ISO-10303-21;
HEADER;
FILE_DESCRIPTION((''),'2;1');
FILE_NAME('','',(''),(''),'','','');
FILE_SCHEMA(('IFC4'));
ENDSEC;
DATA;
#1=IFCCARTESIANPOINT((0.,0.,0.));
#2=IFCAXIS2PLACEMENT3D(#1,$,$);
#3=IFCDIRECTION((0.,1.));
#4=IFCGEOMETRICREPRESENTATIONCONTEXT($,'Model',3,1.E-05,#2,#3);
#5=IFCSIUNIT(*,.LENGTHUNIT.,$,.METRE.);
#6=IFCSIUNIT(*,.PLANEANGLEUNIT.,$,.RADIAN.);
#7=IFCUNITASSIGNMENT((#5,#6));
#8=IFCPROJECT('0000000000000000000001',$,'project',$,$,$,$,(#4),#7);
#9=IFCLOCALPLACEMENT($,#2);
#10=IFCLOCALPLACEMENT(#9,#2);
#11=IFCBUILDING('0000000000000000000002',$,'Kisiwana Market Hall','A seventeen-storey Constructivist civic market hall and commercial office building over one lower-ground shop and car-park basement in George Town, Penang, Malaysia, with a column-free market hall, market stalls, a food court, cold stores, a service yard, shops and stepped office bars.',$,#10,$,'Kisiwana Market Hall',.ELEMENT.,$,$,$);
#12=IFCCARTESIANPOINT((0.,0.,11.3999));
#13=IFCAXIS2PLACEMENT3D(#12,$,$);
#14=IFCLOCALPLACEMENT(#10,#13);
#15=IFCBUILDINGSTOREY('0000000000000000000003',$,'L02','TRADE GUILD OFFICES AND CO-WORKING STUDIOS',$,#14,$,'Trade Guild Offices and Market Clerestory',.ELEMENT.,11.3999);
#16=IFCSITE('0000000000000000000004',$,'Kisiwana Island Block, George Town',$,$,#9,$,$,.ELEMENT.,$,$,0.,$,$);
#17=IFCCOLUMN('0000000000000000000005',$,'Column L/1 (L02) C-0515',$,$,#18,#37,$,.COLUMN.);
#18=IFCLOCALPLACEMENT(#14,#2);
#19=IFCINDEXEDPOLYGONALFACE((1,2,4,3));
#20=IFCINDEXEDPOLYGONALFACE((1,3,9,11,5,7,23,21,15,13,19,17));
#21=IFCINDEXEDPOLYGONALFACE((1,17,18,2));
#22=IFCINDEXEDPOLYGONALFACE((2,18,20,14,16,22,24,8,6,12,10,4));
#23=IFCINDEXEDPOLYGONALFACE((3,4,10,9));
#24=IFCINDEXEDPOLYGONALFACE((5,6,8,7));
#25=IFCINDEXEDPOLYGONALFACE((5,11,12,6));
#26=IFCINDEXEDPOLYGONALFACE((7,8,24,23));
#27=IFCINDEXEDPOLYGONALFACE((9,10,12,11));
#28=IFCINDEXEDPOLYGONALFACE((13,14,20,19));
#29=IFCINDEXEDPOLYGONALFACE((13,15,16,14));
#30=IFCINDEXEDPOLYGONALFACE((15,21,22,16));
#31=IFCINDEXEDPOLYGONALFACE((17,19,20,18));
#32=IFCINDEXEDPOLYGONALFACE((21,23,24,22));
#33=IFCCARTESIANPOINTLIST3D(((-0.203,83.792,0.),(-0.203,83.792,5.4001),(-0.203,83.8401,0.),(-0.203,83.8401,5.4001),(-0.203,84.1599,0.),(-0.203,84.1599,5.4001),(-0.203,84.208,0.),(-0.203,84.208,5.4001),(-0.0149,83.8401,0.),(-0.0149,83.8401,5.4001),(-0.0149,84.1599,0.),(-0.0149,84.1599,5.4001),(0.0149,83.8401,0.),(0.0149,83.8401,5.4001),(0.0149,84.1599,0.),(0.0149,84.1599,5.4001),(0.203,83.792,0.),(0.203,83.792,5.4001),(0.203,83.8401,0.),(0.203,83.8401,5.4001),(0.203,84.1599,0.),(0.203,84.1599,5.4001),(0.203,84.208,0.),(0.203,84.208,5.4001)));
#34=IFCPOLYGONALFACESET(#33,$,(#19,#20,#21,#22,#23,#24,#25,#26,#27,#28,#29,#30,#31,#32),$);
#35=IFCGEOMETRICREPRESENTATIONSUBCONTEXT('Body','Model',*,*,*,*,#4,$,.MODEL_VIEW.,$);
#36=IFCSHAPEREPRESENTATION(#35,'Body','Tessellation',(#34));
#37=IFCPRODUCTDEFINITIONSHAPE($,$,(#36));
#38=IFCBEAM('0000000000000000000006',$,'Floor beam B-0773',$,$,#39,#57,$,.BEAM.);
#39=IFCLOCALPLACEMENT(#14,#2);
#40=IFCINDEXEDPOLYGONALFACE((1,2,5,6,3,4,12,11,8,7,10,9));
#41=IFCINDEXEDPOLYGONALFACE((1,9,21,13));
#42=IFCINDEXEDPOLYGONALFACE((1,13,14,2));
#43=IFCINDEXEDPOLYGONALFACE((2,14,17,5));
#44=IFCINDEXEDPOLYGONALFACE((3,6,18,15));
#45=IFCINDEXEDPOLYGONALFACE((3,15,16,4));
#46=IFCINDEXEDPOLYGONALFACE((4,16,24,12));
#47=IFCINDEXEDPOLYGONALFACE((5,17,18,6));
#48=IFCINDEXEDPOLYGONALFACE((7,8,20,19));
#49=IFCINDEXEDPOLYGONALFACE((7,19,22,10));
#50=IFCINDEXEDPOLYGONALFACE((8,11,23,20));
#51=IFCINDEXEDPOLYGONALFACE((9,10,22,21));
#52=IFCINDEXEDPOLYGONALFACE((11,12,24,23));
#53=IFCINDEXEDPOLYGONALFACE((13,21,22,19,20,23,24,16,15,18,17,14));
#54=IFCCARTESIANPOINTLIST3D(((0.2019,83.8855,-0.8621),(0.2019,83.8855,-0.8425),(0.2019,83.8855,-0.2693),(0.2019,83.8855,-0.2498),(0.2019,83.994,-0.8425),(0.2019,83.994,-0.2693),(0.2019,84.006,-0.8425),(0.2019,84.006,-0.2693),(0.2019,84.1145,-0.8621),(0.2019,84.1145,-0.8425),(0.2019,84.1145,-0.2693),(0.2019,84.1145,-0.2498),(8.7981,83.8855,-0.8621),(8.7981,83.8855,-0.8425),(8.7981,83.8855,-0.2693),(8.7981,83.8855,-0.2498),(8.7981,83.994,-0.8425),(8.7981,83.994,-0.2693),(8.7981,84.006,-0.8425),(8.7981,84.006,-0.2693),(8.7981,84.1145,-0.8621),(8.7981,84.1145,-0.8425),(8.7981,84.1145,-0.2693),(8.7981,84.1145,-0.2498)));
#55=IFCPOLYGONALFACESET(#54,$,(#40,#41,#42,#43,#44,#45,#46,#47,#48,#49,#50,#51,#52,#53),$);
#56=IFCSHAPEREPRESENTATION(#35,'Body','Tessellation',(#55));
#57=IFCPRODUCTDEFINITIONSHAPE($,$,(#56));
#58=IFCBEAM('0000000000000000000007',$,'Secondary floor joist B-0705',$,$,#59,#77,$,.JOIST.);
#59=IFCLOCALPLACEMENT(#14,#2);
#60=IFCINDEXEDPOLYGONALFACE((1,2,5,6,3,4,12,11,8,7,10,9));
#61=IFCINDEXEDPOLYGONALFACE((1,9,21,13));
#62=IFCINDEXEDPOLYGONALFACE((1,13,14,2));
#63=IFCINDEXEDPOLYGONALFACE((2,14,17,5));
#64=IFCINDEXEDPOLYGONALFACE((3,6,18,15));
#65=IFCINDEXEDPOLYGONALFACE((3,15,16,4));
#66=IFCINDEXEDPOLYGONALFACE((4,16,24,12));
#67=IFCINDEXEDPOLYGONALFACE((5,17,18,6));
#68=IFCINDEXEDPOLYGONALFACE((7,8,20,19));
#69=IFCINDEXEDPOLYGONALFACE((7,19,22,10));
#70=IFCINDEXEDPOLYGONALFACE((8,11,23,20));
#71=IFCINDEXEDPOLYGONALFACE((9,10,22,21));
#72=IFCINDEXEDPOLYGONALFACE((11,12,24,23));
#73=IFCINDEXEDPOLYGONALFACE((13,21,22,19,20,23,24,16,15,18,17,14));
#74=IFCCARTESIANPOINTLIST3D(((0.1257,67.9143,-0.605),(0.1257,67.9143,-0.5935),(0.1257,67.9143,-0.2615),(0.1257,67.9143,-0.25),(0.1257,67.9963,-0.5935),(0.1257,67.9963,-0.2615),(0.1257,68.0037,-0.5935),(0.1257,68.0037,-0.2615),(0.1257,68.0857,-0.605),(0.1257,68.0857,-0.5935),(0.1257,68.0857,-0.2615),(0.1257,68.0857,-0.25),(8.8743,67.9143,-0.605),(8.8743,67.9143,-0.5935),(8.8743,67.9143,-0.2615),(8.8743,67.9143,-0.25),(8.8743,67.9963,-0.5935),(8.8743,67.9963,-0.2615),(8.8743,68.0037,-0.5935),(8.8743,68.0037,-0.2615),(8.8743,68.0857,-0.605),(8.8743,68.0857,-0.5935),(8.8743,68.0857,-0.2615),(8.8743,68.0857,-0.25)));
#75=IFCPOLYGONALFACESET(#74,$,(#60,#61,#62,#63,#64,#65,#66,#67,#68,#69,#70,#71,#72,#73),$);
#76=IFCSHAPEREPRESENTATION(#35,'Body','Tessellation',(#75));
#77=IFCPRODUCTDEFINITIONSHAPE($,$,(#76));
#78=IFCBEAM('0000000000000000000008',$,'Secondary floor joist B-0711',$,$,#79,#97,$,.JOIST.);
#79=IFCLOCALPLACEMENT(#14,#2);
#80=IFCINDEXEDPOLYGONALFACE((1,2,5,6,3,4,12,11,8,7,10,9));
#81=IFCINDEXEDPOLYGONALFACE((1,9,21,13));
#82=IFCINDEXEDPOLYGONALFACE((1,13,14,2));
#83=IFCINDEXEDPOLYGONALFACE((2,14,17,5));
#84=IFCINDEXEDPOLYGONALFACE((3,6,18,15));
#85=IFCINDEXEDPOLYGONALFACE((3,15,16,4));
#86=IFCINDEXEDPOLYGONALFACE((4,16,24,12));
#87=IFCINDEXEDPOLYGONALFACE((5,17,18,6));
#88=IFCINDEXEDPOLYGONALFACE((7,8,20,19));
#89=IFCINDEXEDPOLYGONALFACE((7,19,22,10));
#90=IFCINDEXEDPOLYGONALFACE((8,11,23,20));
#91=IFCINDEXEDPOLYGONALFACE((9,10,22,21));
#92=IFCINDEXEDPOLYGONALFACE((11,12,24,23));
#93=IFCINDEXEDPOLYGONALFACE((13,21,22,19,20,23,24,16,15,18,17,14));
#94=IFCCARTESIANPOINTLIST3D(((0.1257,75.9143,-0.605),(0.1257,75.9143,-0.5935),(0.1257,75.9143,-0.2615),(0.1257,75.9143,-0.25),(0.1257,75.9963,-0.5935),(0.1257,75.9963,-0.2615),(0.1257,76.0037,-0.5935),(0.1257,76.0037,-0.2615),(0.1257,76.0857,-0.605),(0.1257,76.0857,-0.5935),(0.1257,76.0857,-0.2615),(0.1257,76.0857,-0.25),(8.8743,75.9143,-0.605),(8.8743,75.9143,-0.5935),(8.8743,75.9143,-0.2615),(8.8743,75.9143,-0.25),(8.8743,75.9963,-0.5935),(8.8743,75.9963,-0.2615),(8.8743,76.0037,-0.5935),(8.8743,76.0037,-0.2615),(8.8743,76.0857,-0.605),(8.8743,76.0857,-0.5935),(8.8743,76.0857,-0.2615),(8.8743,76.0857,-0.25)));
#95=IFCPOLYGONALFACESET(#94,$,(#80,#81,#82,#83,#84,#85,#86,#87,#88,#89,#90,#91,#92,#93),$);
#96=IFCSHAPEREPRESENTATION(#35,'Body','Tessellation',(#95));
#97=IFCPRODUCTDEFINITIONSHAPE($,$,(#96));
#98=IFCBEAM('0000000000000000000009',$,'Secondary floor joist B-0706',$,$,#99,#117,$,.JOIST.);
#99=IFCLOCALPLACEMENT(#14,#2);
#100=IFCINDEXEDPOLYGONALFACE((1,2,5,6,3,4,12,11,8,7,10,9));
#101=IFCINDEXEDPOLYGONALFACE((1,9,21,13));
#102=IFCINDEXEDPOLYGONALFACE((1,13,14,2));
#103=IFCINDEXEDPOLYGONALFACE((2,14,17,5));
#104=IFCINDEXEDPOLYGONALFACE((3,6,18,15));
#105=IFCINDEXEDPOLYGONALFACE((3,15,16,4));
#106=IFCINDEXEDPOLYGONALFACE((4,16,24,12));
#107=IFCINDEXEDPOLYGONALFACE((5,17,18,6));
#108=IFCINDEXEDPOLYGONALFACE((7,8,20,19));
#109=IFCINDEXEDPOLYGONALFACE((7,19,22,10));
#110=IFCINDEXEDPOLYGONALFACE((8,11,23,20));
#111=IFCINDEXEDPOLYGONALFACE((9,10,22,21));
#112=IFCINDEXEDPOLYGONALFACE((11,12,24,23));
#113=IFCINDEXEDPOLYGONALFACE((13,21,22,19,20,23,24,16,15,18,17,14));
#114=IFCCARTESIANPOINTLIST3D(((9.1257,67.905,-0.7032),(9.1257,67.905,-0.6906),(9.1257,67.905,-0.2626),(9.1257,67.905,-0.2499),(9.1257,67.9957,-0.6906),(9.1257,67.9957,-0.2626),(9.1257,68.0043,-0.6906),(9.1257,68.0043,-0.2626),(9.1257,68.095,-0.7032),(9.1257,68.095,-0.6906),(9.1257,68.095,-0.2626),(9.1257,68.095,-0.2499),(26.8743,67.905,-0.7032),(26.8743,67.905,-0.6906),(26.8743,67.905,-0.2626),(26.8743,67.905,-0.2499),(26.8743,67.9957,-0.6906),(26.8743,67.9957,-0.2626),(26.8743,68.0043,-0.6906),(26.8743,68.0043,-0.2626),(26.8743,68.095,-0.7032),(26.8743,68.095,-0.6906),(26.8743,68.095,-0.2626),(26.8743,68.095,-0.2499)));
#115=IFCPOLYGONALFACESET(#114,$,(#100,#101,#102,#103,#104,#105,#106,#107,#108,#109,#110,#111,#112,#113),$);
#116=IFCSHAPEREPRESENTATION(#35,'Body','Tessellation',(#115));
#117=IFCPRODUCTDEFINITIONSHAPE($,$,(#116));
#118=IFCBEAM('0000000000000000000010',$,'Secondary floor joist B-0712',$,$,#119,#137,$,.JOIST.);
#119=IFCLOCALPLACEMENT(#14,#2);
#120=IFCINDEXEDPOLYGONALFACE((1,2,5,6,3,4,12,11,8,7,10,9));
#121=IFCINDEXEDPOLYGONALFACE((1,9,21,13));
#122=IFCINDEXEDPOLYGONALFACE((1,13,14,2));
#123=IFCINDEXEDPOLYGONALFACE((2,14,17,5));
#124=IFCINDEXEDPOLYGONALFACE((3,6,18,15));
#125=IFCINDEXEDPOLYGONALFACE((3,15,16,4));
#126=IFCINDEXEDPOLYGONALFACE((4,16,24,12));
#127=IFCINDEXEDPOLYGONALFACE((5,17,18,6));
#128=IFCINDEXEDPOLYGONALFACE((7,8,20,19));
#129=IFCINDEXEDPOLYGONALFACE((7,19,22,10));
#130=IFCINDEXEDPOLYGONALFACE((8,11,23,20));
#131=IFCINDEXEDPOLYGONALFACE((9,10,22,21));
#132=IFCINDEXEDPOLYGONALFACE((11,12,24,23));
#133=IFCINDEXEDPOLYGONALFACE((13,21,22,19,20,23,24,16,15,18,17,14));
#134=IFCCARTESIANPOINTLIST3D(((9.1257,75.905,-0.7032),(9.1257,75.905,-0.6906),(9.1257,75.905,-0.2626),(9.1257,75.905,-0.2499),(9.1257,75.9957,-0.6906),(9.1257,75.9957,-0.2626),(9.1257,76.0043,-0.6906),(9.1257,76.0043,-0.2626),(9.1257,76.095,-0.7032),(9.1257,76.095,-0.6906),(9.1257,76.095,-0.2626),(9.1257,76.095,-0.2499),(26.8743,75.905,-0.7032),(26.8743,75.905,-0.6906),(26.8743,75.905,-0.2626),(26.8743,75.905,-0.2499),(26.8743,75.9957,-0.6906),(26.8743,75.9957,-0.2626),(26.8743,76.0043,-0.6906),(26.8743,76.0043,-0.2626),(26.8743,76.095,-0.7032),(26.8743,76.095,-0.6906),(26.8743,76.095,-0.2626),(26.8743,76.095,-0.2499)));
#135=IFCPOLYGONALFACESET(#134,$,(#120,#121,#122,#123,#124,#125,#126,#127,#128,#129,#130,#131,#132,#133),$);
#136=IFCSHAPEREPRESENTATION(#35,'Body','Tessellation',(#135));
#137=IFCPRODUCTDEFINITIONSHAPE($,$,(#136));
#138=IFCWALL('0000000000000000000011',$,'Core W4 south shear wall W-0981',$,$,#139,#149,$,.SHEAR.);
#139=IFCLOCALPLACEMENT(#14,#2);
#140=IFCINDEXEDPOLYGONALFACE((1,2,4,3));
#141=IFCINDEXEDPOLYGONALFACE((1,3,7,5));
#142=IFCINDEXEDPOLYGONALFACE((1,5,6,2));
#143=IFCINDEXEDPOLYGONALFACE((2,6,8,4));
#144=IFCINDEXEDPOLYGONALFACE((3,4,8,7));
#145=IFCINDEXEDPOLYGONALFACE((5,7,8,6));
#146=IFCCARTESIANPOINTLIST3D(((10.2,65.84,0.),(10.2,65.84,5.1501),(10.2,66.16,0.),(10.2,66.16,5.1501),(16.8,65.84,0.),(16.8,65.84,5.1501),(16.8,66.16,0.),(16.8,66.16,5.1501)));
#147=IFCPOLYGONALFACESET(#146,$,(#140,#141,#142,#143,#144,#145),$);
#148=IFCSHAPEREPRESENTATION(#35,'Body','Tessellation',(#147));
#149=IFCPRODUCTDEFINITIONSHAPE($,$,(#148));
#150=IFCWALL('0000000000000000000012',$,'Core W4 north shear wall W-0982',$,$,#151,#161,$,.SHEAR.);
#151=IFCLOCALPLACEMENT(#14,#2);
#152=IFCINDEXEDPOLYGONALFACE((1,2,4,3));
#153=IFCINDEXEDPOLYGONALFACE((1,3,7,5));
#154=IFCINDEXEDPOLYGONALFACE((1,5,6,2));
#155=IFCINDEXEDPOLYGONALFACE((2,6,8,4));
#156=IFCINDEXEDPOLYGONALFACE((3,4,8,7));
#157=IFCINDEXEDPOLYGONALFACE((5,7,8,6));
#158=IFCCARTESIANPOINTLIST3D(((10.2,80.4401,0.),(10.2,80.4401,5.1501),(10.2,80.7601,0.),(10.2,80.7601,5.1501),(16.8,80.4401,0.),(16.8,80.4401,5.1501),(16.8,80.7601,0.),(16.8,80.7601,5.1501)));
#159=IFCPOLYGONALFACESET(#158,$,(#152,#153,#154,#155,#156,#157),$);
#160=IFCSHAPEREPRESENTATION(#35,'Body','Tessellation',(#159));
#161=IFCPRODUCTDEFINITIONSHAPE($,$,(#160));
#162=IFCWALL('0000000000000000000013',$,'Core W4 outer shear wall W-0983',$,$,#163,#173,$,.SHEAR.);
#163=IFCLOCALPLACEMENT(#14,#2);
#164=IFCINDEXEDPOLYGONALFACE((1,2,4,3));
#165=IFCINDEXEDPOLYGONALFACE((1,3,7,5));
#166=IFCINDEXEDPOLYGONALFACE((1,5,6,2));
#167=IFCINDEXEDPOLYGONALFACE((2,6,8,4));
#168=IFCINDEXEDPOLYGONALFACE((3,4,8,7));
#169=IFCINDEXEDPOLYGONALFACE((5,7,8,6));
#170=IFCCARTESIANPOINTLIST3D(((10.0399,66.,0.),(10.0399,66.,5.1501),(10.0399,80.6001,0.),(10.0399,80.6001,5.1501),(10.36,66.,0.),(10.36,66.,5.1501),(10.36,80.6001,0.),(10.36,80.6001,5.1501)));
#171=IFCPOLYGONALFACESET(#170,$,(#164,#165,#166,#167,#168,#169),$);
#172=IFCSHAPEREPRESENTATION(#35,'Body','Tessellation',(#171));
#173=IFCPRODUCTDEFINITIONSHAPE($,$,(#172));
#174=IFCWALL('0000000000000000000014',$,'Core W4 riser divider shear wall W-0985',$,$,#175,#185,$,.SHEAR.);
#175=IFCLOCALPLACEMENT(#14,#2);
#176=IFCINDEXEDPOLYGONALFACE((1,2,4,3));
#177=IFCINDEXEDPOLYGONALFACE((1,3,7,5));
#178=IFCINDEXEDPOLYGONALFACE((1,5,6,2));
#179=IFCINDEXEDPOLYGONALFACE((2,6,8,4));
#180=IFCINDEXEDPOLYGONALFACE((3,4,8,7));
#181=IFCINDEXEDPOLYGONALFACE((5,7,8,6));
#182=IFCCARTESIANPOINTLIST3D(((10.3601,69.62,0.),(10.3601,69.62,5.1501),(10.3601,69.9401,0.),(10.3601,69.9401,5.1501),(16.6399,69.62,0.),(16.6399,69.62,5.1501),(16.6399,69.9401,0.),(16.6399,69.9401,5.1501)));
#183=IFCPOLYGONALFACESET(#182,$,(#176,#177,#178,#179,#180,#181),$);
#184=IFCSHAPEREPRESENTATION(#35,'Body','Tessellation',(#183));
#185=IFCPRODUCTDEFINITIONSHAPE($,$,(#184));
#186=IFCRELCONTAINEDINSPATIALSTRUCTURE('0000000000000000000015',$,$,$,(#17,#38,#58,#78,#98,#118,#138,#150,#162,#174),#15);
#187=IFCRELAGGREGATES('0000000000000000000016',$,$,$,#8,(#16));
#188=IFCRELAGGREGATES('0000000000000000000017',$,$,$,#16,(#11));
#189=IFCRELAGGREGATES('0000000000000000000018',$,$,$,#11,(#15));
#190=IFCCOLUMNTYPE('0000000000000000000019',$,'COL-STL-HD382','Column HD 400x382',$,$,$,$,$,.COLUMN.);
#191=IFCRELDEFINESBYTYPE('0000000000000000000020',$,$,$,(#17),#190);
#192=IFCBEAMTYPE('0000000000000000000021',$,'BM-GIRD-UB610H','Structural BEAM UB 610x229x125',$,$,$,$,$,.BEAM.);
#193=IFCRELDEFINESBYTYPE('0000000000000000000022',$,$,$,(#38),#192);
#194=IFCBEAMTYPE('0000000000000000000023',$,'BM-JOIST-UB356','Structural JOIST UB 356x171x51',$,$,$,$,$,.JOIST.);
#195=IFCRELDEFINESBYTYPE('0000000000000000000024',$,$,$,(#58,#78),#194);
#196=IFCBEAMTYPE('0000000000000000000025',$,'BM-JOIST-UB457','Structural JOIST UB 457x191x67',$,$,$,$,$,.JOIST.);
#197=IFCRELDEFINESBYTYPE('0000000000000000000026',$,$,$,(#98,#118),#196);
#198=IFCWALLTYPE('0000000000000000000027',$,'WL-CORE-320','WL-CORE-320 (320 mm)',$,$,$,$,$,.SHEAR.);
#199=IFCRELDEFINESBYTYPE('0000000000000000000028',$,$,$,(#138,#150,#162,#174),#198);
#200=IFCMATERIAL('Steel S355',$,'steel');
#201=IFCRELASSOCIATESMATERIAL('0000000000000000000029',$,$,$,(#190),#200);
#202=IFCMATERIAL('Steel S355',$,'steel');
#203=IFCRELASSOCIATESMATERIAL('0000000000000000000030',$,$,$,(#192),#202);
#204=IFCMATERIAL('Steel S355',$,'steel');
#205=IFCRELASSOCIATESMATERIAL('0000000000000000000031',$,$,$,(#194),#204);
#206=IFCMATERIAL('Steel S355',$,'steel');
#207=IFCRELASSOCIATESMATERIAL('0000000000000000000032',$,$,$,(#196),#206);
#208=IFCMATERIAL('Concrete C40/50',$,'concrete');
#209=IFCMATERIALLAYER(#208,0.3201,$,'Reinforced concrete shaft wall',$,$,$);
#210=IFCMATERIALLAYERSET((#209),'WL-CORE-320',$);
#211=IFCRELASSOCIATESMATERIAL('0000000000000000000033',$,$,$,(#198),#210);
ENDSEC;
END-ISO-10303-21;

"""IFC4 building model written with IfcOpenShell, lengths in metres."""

from ifc_helpers import new_model, si_unit, direction, frame, frame_2d, origin, origin_2d, place, context, subcontext, project, spatial, rectangle, i_section, extrude, material, layer, layer_set, material_profile, profile_set, type_object, element, save


model = new_model("IFC4")

# Units and contexts
model_context = context("Model", 3, precision=1e-05, world=origin(), true_north=direction((0.0, 1.0)))
body_context = subcontext(model_context, "Body", "Model", "MODEL_VIEW")
ifc_project = project(units=[si_unit("LENGTHUNIT", "METRE"), si_unit("PLANEANGLEUNIT", "RADIAN")], contexts=[model_context])

# Site, building, storey
site_placement = place(None, origin())
site = spatial("IfcSite", under=ifc_project, at=site_placement, Name="Kisiwana Island Block, George Town", CompositionType="ELEMENT", RefElevation=0.0)
building_placement = place(site_placement, origin())
building = spatial("IfcBuilding", under=site, at=building_placement, Name="Kisiwana Market Hall", Description="A seventeen-storey Constructivist civic market hall and commercial office building over one lower-ground shop and car-park basement in George Town, Penang, Malaysia, with a column-free market hall, market stalls, a food court, cold stores, a service yard, shops and stepped office bars.", LongName="Kisiwana Market Hall", CompositionType="ELEMENT")
storey_placement = place(building_placement, frame((0.0, 0.0, 11.3999)))
storey = spatial("IfcBuildingStorey", under=building, at=storey_placement, Name="L02", Description="TRADE GUILD OFFICES AND CO-WORKING STUDIOS", LongName="Trade Guild Offices and Market Clerestory", CompositionType="ELEMENT", Elevation=11.3999)

# Column
ifc_material_1 = material(Name="Steel S355", Category="steel")
ifc_material_profile_1 = material_profile(ifc_material_1, i_section(OverallWidth=0.406, OverallDepth=0.416, WebThickness=0.0298, FlangeThickness=0.0481, at=origin_2d()), Name="HD 400x382")
ifc_profile_set_1 = profile_set([ifc_material_profile_1], Name="Steel S355")
column_type = type_object("IfcColumnType", Name="COL-STL-HD382", Description="Column HD 400x382", PredefinedType="COLUMN", material=ifc_profile_set_1)
column_placement = place(storey_placement, frame((0.0, 84.0, 0.0), z_axis=(0.0, 0.0, 1.0), x_axis=(1.0, 0.0, 0.0)))
element("IfcColumn", 1, at=column_placement, inside=storey, type_object=column_type, Name="Column L/1 (L02) C-0515", PredefinedType="COLUMN", context=body_context, shape_type="SweptSolid", body=[
    extrude(i_section(OverallWidth=0.406, OverallDepth=0.416, WebThickness=0.0298, FlangeThickness=0.0481, at=origin_2d()), origin(), (0.0, 0.0, 1.0), 5.4001),
])

# Beams
ifc_material_2 = material(Name="Steel S355", Category="steel")
ifc_material_profile_2 = material_profile(ifc_material_2, i_section(OverallWidth=0.229, OverallDepth=0.6123, WebThickness=0.012, FlangeThickness=0.0195, at=origin_2d()), Name="UB 610x229x125")
ifc_profile_set_2 = profile_set([ifc_material_profile_2], Name="Steel S355")
beam_type_1 = type_object("IfcBeamType", Name="BM-GIRD-UB610H", Description="Structural BEAM UB 610x229x125", PredefinedType="BEAM", material=ifc_profile_set_2)
beam_placement = place(storey_placement, frame((0.2019, 84.0, -0.5559), z_axis=(1.0, 0.0, 0.0), x_axis=(0.0, 1.0, 0.0)))
element("IfcBeam", 2, at=beam_placement, inside=storey, type_object=beam_type_1, Name="Floor beam B-0773", PredefinedType="BEAM", context=body_context, shape_type="SweptSolid", body=[
    extrude(i_section(OverallWidth=0.229, OverallDepth=0.6123, WebThickness=0.012, FlangeThickness=0.0195, at=origin_2d()), origin(), (0.0, 0.0, 1.0), 8.5962),
])
ifc_material_3 = material(Name="Steel S355", Category="steel")
ifc_material_profile_3 = material_profile(ifc_material_3, i_section(OverallWidth=0.1714, OverallDepth=0.355, WebThickness=0.0073, FlangeThickness=0.0115, at=origin_2d()), Name="UB 356x171x51")
ifc_profile_set_3 = profile_set([ifc_material_profile_3], Name="Steel S355")
beam_type_2 = type_object("IfcBeamType", Name="BM-JOIST-UB356", Description="Structural JOIST UB 356x171x51", PredefinedType="JOIST", material=ifc_profile_set_3)
for number, where, z_axis, x_axis, name in (
    (3, (0.1257, 68.0, -0.4275), (1.0, 0.0, 0.0), (0.0, 1.0, 0.0), "Secondary floor joist B-0705"),
    (4, (0.1257, 76.0, -0.4275), (1.0, 0.0, 0.0), (0.0, 1.0, 0.0), "Secondary floor joist B-0711"),
):
    element("IfcBeam", number, at=place(storey_placement, frame(where, z_axis=z_axis, x_axis=x_axis)), inside=storey, type_object=beam_type_2, Name=name, PredefinedType="JOIST", context=body_context, shape_type="SweptSolid", body=[
        extrude(i_section(OverallWidth=0.1714, OverallDepth=0.355, WebThickness=0.0073, FlangeThickness=0.0115, at=origin_2d()), origin(), (0.0, 0.0, 1.0), 8.7485),
    ])
ifc_material_4 = material(Name="Steel S355", Category="steel")
ifc_material_profile_4 = material_profile(ifc_material_4, i_section(OverallWidth=0.1899, OverallDepth=0.4534, WebThickness=0.0085, FlangeThickness=0.0127, at=origin_2d()), Name="UB 457x191x67")
ifc_profile_set_4 = profile_set([ifc_material_profile_4], Name="Steel S355")
beam_type_3 = type_object("IfcBeamType", Name="BM-JOIST-UB457", Description="Structural JOIST UB 457x191x67", PredefinedType="JOIST", material=ifc_profile_set_4)
for number, where, z_axis, x_axis, name in (
    (5, (9.1257, 68.0, -0.4766), (1.0, 0.0, 0.0), (0.0, 1.0, 0.0), "Secondary floor joist B-0706"),
    (6, (9.1257, 76.0, -0.4766), (1.0, 0.0, 0.0), (0.0, 1.0, 0.0), "Secondary floor joist B-0712"),
):
    element("IfcBeam", number, at=place(storey_placement, frame(where, z_axis=z_axis, x_axis=x_axis)), inside=storey, type_object=beam_type_3, Name=name, PredefinedType="JOIST", context=body_context, shape_type="SweptSolid", body=[
        extrude(i_section(OverallWidth=0.1899, OverallDepth=0.4534, WebThickness=0.0085, FlangeThickness=0.0127, at=origin_2d()), origin(), (0.0, 0.0, 1.0), 17.7485),
    ])

# Walls
ifc_material_5 = material(Name="Concrete C40/50", Category="concrete")
ifc_layer_1 = layer(ifc_material_5, 0.3201, Name="Reinforced concrete shaft wall")
ifc_layer_set_1 = layer_set([ifc_layer_1], Name="WL-CORE-320")
wall_type_1 = type_object("IfcWallType", Name="WL-CORE-320", Description="WL-CORE-320 (320 mm)", PredefinedType="SHEAR", material=ifc_layer_set_1)
for number, where, z_axis, x_axis, name in (
    (7, (10.2, 66.0, 0.0), (0.0, 0.0, 1.0), (1.0, 0.0, 0.0), "Core W4 south shear wall W-0981"),
    (8, (10.2, 80.6001, 0.0), (0.0, 0.0, 1.0), (1.0, 0.0, 0.0), "Core W4 north shear wall W-0982"),
):
    element("IfcWall", number, at=place(storey_placement, frame(where, z_axis=z_axis, x_axis=x_axis)), inside=storey, type_object=wall_type_1, Name=name, PredefinedType="SHEAR", context=body_context, shape_type="SweptSolid", body=[
        extrude(rectangle(XDim=6.6001, YDim=0.3201, at=frame_2d((3.3, 0.0))), origin(), (0.0, 0.0, 1.0), 5.1501),
    ])
wall_1_placement = place(storey_placement, frame((10.2, 66.0, 0.0), z_axis=(0.0, 0.0, 1.0), x_axis=(0.0, 1.0, 0.0)))
element("IfcWall", 9, at=wall_1_placement, inside=storey, type_object=wall_type_1, Name="Core W4 outer shear wall W-0983", PredefinedType="SHEAR", context=body_context, shape_type="SweptSolid", body=[
    extrude(rectangle(XDim=14.6001, YDim=0.3201, at=frame_2d((7.3, 0.0))), origin(), (0.0, 0.0, 1.0), 5.1501),
])
wall_2_placement = place(storey_placement, frame((10.3601, 69.78, 0.0), z_axis=(0.0, 0.0, 1.0), x_axis=(1.0, 0.0, 0.0)))
element("IfcWall", 10, at=wall_2_placement, inside=storey, type_object=wall_type_1, Name="Core W4 riser divider shear wall W-0985", PredefinedType="SHEAR", context=body_context, shape_type="SweptSolid", body=[
    extrude(rectangle(XDim=6.2798, YDim=0.3201, at=frame_2d((3.1399, 0.0))), origin(), (0.0, 0.0, 1.0), 5.1501),
])

save(model, "model.ifc")
